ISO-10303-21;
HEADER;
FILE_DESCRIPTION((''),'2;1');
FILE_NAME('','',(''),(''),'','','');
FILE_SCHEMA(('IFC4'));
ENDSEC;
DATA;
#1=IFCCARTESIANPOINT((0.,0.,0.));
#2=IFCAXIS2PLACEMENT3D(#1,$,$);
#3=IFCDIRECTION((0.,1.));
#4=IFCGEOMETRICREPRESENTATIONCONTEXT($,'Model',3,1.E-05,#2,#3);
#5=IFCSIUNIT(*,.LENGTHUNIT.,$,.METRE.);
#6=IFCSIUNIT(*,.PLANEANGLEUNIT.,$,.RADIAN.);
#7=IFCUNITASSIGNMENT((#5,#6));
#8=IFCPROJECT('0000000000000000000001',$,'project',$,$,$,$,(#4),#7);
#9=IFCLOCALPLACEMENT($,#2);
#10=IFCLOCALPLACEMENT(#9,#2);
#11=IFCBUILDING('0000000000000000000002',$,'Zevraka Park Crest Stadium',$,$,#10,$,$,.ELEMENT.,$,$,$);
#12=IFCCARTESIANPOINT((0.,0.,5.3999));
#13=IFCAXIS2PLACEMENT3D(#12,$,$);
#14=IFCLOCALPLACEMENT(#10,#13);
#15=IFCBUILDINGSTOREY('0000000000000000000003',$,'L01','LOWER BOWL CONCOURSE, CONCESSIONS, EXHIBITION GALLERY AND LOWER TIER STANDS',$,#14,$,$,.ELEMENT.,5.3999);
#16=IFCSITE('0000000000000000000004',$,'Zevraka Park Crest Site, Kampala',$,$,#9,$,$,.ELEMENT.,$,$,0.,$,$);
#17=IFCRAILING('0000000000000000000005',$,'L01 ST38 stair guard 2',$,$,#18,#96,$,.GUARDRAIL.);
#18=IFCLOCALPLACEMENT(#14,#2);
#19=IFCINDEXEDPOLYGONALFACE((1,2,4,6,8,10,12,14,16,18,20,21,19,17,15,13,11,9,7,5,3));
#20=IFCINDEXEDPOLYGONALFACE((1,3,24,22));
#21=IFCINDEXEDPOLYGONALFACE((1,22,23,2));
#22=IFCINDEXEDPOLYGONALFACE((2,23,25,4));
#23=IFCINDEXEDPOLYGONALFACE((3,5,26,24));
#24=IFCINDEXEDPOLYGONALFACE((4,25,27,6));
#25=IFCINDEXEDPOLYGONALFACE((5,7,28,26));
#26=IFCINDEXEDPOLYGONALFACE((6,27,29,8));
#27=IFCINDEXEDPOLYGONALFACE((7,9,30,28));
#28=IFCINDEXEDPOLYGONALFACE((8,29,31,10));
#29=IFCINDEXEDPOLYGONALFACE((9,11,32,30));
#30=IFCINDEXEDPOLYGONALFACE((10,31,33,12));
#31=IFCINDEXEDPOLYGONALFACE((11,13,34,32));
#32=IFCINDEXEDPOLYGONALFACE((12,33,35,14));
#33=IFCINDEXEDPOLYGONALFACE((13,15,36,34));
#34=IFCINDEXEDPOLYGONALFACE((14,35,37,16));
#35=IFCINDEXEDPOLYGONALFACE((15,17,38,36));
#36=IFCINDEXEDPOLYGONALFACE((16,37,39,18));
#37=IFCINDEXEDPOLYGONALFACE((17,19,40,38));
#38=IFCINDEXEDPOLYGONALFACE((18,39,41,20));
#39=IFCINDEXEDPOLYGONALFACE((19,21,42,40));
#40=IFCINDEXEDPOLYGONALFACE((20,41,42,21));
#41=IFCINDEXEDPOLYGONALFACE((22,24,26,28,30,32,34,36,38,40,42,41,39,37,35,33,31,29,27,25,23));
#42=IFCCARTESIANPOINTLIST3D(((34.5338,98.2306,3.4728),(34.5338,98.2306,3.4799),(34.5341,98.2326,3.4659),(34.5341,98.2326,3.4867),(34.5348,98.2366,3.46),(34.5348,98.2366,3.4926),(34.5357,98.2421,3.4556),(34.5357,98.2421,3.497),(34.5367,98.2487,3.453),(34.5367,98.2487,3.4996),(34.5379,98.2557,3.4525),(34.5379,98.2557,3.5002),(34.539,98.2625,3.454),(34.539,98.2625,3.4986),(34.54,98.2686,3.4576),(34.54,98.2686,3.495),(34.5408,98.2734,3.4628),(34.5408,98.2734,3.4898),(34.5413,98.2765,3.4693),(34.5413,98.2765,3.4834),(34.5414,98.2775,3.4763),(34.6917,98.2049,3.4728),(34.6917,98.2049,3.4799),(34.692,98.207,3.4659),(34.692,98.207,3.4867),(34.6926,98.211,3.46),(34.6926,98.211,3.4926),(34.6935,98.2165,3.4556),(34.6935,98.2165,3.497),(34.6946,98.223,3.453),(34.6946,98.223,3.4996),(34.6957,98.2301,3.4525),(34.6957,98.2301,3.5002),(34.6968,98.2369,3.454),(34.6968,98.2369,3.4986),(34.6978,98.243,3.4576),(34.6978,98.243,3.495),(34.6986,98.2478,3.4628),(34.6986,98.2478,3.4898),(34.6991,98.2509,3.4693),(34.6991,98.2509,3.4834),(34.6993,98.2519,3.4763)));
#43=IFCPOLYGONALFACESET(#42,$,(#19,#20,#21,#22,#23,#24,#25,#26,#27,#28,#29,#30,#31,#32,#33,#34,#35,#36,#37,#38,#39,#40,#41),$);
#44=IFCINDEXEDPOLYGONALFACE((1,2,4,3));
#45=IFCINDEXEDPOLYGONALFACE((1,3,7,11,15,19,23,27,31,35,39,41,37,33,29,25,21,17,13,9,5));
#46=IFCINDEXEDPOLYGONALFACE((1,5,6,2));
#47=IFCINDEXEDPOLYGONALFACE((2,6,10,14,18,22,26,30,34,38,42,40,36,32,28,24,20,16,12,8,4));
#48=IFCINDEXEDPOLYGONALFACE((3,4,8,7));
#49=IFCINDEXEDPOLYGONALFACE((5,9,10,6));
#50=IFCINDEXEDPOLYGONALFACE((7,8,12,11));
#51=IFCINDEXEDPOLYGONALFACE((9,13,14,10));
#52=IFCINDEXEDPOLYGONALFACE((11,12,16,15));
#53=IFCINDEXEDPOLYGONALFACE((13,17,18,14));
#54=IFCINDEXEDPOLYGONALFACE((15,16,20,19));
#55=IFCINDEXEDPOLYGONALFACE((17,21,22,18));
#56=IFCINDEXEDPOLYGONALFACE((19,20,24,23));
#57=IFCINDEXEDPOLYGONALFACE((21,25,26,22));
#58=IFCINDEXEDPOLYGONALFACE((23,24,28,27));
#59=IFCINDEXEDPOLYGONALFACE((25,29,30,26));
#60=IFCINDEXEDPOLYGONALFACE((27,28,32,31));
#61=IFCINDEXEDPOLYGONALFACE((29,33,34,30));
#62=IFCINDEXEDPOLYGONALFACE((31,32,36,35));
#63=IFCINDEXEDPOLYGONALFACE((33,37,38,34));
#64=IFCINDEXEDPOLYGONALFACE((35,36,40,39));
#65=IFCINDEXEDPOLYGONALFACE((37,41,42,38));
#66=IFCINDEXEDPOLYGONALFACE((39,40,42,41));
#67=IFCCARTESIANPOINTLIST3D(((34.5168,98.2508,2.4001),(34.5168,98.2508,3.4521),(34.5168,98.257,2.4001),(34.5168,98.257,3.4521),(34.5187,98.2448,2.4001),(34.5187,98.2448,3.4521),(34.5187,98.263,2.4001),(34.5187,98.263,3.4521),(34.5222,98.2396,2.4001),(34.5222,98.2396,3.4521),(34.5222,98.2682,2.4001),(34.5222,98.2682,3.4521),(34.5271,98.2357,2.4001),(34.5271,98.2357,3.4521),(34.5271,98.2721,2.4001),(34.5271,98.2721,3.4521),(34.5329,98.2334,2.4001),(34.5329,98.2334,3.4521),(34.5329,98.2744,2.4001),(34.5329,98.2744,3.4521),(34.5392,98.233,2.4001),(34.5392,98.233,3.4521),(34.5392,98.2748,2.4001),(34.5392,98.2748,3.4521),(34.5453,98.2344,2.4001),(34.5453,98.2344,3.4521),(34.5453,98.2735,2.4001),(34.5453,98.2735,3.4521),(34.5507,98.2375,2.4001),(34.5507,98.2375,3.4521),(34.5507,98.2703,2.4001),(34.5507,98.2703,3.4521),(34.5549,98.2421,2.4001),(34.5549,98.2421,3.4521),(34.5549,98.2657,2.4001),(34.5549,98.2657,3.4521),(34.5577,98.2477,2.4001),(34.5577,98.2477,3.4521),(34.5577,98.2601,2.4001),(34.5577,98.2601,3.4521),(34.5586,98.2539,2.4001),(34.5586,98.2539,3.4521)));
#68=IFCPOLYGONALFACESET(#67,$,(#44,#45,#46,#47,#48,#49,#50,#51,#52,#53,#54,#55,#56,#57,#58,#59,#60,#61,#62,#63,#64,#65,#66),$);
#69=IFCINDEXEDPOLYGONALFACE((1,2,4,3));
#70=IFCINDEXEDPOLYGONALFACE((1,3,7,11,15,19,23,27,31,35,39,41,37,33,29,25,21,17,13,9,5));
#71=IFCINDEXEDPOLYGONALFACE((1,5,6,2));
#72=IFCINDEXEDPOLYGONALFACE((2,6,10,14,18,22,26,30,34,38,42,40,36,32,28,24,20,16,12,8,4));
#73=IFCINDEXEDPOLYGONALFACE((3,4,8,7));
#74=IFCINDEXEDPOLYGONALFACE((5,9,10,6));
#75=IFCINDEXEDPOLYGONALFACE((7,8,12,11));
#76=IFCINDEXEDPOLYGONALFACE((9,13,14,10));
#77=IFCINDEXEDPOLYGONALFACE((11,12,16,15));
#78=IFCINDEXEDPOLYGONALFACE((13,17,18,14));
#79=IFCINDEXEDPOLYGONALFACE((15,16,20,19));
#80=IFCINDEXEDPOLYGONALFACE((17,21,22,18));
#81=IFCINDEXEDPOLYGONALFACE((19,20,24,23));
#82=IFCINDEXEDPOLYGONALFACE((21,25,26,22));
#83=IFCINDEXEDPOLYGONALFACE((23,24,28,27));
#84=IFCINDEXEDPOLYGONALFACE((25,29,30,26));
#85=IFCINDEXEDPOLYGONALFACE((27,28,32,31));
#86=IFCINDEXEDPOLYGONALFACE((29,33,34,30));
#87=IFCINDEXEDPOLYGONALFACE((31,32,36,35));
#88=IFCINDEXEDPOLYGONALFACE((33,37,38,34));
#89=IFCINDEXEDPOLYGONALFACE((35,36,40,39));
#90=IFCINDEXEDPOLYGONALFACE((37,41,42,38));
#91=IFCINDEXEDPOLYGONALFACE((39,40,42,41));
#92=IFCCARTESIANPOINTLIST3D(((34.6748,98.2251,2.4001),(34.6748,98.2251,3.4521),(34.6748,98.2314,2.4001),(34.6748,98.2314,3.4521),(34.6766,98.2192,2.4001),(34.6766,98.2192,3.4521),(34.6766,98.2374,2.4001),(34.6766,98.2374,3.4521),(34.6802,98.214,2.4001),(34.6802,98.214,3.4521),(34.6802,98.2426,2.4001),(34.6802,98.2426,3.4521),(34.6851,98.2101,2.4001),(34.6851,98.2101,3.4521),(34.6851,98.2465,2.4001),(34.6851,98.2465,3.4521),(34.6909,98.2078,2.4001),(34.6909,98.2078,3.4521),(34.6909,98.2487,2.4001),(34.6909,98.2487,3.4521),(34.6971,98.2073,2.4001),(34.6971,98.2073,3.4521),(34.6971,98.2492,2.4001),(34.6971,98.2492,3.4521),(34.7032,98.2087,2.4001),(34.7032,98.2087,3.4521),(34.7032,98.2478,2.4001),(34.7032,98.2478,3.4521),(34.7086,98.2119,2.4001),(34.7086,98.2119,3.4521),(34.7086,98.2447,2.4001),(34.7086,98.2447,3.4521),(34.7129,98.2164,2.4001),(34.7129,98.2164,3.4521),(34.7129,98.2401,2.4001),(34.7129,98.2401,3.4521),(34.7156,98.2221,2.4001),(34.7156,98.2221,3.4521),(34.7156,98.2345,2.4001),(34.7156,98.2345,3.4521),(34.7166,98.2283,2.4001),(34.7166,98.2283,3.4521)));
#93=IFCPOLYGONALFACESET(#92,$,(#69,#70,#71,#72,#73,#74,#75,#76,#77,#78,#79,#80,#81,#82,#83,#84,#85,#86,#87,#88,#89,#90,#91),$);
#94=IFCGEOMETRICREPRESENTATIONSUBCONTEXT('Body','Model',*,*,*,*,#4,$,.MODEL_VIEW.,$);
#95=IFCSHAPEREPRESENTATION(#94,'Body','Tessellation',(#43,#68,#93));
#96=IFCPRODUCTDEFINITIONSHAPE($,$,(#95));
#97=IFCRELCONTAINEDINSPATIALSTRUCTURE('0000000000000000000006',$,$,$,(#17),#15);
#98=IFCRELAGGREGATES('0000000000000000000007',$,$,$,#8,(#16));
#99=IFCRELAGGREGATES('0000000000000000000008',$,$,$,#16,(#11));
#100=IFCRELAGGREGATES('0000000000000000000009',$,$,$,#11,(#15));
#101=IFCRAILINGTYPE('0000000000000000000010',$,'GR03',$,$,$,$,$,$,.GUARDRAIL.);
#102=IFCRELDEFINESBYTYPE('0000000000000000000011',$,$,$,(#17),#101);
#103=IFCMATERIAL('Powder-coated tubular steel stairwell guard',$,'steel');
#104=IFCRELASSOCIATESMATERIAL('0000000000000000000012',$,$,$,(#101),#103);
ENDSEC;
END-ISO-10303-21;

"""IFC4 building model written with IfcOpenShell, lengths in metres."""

from ifc_helpers import new_model, si_unit, direction, frame, origin, origin_2d, place, context, subcontext, project, spatial, circle, extrude, material, type_object, element, save


model = new_model("IFC4")

# Units and contexts
model_context = context("Model", 3, precision=1e-05, world=origin(), true_north=direction((0.0, 1.0)))
body_context = subcontext(model_context, "Body", "Model", "MODEL_VIEW")
ifc_project = project(units=[si_unit("LENGTHUNIT", "METRE"), si_unit("PLANEANGLEUNIT", "RADIAN")], contexts=[model_context])

# Site, building, storey
site_placement = place(None, origin())
site = spatial("IfcSite", under=ifc_project, at=site_placement, Name="Zevraka Park Crest Site, Kampala", CompositionType="ELEMENT", RefElevation=0.0)
building_placement = place(site_placement, origin())
building = spatial("IfcBuilding", under=site, at=building_placement, Name="Zevraka Park Crest Stadium", CompositionType="ELEMENT")
storey_placement = place(building_placement, frame((0.0, 0.0, 5.3999)))
storey = spatial("IfcBuildingStorey", under=building, at=storey_placement, Name="L01", Description="LOWER BOWL CONCOURSE, CONCESSIONS, EXHIBITION GALLERY AND LOWER TIER STANDS", CompositionType="ELEMENT", Elevation=5.3999)

# Railing
ifc_material_1 = material(Name="Powder-coated tubular steel stairwell guard", Category="steel")
railing_type_1 = type_object("IfcRailingType", Name="GR03", PredefinedType="GUARDRAIL", material=ifc_material_1)
railing_1_placement = place(storey_placement, frame((34.5376, 98.2539, 2.4001)))
element("IfcRailing", 1, at=railing_1_placement, inside=storey, type_object=railing_type_1, Name="L01 ST38 stair guard 2", PredefinedType="GUARDRAIL", context=body_context, shape_type="SweptSolid", body=[
    extrude(circle(Radius=0.0239, at=origin_2d()), frame((0.0, 0.0, 1.0762), z_axis=(0.987086, -0.160192, 0.0), x_axis=(0.160192, 0.987086, 0.0)), (0.0, 0.0, 1.0), 0.1599),
    extrude(circle(Radius=0.021, at=origin_2d()), origin(), (0.0, 0.0, 1.0), 1.052),
    extrude(circle(Radius=0.021, at=origin_2d()), frame((0.158, -0.0256, 0.0)), (0.0, 0.0, 1.0), 1.052),
])

save(model, "model.ifc")
